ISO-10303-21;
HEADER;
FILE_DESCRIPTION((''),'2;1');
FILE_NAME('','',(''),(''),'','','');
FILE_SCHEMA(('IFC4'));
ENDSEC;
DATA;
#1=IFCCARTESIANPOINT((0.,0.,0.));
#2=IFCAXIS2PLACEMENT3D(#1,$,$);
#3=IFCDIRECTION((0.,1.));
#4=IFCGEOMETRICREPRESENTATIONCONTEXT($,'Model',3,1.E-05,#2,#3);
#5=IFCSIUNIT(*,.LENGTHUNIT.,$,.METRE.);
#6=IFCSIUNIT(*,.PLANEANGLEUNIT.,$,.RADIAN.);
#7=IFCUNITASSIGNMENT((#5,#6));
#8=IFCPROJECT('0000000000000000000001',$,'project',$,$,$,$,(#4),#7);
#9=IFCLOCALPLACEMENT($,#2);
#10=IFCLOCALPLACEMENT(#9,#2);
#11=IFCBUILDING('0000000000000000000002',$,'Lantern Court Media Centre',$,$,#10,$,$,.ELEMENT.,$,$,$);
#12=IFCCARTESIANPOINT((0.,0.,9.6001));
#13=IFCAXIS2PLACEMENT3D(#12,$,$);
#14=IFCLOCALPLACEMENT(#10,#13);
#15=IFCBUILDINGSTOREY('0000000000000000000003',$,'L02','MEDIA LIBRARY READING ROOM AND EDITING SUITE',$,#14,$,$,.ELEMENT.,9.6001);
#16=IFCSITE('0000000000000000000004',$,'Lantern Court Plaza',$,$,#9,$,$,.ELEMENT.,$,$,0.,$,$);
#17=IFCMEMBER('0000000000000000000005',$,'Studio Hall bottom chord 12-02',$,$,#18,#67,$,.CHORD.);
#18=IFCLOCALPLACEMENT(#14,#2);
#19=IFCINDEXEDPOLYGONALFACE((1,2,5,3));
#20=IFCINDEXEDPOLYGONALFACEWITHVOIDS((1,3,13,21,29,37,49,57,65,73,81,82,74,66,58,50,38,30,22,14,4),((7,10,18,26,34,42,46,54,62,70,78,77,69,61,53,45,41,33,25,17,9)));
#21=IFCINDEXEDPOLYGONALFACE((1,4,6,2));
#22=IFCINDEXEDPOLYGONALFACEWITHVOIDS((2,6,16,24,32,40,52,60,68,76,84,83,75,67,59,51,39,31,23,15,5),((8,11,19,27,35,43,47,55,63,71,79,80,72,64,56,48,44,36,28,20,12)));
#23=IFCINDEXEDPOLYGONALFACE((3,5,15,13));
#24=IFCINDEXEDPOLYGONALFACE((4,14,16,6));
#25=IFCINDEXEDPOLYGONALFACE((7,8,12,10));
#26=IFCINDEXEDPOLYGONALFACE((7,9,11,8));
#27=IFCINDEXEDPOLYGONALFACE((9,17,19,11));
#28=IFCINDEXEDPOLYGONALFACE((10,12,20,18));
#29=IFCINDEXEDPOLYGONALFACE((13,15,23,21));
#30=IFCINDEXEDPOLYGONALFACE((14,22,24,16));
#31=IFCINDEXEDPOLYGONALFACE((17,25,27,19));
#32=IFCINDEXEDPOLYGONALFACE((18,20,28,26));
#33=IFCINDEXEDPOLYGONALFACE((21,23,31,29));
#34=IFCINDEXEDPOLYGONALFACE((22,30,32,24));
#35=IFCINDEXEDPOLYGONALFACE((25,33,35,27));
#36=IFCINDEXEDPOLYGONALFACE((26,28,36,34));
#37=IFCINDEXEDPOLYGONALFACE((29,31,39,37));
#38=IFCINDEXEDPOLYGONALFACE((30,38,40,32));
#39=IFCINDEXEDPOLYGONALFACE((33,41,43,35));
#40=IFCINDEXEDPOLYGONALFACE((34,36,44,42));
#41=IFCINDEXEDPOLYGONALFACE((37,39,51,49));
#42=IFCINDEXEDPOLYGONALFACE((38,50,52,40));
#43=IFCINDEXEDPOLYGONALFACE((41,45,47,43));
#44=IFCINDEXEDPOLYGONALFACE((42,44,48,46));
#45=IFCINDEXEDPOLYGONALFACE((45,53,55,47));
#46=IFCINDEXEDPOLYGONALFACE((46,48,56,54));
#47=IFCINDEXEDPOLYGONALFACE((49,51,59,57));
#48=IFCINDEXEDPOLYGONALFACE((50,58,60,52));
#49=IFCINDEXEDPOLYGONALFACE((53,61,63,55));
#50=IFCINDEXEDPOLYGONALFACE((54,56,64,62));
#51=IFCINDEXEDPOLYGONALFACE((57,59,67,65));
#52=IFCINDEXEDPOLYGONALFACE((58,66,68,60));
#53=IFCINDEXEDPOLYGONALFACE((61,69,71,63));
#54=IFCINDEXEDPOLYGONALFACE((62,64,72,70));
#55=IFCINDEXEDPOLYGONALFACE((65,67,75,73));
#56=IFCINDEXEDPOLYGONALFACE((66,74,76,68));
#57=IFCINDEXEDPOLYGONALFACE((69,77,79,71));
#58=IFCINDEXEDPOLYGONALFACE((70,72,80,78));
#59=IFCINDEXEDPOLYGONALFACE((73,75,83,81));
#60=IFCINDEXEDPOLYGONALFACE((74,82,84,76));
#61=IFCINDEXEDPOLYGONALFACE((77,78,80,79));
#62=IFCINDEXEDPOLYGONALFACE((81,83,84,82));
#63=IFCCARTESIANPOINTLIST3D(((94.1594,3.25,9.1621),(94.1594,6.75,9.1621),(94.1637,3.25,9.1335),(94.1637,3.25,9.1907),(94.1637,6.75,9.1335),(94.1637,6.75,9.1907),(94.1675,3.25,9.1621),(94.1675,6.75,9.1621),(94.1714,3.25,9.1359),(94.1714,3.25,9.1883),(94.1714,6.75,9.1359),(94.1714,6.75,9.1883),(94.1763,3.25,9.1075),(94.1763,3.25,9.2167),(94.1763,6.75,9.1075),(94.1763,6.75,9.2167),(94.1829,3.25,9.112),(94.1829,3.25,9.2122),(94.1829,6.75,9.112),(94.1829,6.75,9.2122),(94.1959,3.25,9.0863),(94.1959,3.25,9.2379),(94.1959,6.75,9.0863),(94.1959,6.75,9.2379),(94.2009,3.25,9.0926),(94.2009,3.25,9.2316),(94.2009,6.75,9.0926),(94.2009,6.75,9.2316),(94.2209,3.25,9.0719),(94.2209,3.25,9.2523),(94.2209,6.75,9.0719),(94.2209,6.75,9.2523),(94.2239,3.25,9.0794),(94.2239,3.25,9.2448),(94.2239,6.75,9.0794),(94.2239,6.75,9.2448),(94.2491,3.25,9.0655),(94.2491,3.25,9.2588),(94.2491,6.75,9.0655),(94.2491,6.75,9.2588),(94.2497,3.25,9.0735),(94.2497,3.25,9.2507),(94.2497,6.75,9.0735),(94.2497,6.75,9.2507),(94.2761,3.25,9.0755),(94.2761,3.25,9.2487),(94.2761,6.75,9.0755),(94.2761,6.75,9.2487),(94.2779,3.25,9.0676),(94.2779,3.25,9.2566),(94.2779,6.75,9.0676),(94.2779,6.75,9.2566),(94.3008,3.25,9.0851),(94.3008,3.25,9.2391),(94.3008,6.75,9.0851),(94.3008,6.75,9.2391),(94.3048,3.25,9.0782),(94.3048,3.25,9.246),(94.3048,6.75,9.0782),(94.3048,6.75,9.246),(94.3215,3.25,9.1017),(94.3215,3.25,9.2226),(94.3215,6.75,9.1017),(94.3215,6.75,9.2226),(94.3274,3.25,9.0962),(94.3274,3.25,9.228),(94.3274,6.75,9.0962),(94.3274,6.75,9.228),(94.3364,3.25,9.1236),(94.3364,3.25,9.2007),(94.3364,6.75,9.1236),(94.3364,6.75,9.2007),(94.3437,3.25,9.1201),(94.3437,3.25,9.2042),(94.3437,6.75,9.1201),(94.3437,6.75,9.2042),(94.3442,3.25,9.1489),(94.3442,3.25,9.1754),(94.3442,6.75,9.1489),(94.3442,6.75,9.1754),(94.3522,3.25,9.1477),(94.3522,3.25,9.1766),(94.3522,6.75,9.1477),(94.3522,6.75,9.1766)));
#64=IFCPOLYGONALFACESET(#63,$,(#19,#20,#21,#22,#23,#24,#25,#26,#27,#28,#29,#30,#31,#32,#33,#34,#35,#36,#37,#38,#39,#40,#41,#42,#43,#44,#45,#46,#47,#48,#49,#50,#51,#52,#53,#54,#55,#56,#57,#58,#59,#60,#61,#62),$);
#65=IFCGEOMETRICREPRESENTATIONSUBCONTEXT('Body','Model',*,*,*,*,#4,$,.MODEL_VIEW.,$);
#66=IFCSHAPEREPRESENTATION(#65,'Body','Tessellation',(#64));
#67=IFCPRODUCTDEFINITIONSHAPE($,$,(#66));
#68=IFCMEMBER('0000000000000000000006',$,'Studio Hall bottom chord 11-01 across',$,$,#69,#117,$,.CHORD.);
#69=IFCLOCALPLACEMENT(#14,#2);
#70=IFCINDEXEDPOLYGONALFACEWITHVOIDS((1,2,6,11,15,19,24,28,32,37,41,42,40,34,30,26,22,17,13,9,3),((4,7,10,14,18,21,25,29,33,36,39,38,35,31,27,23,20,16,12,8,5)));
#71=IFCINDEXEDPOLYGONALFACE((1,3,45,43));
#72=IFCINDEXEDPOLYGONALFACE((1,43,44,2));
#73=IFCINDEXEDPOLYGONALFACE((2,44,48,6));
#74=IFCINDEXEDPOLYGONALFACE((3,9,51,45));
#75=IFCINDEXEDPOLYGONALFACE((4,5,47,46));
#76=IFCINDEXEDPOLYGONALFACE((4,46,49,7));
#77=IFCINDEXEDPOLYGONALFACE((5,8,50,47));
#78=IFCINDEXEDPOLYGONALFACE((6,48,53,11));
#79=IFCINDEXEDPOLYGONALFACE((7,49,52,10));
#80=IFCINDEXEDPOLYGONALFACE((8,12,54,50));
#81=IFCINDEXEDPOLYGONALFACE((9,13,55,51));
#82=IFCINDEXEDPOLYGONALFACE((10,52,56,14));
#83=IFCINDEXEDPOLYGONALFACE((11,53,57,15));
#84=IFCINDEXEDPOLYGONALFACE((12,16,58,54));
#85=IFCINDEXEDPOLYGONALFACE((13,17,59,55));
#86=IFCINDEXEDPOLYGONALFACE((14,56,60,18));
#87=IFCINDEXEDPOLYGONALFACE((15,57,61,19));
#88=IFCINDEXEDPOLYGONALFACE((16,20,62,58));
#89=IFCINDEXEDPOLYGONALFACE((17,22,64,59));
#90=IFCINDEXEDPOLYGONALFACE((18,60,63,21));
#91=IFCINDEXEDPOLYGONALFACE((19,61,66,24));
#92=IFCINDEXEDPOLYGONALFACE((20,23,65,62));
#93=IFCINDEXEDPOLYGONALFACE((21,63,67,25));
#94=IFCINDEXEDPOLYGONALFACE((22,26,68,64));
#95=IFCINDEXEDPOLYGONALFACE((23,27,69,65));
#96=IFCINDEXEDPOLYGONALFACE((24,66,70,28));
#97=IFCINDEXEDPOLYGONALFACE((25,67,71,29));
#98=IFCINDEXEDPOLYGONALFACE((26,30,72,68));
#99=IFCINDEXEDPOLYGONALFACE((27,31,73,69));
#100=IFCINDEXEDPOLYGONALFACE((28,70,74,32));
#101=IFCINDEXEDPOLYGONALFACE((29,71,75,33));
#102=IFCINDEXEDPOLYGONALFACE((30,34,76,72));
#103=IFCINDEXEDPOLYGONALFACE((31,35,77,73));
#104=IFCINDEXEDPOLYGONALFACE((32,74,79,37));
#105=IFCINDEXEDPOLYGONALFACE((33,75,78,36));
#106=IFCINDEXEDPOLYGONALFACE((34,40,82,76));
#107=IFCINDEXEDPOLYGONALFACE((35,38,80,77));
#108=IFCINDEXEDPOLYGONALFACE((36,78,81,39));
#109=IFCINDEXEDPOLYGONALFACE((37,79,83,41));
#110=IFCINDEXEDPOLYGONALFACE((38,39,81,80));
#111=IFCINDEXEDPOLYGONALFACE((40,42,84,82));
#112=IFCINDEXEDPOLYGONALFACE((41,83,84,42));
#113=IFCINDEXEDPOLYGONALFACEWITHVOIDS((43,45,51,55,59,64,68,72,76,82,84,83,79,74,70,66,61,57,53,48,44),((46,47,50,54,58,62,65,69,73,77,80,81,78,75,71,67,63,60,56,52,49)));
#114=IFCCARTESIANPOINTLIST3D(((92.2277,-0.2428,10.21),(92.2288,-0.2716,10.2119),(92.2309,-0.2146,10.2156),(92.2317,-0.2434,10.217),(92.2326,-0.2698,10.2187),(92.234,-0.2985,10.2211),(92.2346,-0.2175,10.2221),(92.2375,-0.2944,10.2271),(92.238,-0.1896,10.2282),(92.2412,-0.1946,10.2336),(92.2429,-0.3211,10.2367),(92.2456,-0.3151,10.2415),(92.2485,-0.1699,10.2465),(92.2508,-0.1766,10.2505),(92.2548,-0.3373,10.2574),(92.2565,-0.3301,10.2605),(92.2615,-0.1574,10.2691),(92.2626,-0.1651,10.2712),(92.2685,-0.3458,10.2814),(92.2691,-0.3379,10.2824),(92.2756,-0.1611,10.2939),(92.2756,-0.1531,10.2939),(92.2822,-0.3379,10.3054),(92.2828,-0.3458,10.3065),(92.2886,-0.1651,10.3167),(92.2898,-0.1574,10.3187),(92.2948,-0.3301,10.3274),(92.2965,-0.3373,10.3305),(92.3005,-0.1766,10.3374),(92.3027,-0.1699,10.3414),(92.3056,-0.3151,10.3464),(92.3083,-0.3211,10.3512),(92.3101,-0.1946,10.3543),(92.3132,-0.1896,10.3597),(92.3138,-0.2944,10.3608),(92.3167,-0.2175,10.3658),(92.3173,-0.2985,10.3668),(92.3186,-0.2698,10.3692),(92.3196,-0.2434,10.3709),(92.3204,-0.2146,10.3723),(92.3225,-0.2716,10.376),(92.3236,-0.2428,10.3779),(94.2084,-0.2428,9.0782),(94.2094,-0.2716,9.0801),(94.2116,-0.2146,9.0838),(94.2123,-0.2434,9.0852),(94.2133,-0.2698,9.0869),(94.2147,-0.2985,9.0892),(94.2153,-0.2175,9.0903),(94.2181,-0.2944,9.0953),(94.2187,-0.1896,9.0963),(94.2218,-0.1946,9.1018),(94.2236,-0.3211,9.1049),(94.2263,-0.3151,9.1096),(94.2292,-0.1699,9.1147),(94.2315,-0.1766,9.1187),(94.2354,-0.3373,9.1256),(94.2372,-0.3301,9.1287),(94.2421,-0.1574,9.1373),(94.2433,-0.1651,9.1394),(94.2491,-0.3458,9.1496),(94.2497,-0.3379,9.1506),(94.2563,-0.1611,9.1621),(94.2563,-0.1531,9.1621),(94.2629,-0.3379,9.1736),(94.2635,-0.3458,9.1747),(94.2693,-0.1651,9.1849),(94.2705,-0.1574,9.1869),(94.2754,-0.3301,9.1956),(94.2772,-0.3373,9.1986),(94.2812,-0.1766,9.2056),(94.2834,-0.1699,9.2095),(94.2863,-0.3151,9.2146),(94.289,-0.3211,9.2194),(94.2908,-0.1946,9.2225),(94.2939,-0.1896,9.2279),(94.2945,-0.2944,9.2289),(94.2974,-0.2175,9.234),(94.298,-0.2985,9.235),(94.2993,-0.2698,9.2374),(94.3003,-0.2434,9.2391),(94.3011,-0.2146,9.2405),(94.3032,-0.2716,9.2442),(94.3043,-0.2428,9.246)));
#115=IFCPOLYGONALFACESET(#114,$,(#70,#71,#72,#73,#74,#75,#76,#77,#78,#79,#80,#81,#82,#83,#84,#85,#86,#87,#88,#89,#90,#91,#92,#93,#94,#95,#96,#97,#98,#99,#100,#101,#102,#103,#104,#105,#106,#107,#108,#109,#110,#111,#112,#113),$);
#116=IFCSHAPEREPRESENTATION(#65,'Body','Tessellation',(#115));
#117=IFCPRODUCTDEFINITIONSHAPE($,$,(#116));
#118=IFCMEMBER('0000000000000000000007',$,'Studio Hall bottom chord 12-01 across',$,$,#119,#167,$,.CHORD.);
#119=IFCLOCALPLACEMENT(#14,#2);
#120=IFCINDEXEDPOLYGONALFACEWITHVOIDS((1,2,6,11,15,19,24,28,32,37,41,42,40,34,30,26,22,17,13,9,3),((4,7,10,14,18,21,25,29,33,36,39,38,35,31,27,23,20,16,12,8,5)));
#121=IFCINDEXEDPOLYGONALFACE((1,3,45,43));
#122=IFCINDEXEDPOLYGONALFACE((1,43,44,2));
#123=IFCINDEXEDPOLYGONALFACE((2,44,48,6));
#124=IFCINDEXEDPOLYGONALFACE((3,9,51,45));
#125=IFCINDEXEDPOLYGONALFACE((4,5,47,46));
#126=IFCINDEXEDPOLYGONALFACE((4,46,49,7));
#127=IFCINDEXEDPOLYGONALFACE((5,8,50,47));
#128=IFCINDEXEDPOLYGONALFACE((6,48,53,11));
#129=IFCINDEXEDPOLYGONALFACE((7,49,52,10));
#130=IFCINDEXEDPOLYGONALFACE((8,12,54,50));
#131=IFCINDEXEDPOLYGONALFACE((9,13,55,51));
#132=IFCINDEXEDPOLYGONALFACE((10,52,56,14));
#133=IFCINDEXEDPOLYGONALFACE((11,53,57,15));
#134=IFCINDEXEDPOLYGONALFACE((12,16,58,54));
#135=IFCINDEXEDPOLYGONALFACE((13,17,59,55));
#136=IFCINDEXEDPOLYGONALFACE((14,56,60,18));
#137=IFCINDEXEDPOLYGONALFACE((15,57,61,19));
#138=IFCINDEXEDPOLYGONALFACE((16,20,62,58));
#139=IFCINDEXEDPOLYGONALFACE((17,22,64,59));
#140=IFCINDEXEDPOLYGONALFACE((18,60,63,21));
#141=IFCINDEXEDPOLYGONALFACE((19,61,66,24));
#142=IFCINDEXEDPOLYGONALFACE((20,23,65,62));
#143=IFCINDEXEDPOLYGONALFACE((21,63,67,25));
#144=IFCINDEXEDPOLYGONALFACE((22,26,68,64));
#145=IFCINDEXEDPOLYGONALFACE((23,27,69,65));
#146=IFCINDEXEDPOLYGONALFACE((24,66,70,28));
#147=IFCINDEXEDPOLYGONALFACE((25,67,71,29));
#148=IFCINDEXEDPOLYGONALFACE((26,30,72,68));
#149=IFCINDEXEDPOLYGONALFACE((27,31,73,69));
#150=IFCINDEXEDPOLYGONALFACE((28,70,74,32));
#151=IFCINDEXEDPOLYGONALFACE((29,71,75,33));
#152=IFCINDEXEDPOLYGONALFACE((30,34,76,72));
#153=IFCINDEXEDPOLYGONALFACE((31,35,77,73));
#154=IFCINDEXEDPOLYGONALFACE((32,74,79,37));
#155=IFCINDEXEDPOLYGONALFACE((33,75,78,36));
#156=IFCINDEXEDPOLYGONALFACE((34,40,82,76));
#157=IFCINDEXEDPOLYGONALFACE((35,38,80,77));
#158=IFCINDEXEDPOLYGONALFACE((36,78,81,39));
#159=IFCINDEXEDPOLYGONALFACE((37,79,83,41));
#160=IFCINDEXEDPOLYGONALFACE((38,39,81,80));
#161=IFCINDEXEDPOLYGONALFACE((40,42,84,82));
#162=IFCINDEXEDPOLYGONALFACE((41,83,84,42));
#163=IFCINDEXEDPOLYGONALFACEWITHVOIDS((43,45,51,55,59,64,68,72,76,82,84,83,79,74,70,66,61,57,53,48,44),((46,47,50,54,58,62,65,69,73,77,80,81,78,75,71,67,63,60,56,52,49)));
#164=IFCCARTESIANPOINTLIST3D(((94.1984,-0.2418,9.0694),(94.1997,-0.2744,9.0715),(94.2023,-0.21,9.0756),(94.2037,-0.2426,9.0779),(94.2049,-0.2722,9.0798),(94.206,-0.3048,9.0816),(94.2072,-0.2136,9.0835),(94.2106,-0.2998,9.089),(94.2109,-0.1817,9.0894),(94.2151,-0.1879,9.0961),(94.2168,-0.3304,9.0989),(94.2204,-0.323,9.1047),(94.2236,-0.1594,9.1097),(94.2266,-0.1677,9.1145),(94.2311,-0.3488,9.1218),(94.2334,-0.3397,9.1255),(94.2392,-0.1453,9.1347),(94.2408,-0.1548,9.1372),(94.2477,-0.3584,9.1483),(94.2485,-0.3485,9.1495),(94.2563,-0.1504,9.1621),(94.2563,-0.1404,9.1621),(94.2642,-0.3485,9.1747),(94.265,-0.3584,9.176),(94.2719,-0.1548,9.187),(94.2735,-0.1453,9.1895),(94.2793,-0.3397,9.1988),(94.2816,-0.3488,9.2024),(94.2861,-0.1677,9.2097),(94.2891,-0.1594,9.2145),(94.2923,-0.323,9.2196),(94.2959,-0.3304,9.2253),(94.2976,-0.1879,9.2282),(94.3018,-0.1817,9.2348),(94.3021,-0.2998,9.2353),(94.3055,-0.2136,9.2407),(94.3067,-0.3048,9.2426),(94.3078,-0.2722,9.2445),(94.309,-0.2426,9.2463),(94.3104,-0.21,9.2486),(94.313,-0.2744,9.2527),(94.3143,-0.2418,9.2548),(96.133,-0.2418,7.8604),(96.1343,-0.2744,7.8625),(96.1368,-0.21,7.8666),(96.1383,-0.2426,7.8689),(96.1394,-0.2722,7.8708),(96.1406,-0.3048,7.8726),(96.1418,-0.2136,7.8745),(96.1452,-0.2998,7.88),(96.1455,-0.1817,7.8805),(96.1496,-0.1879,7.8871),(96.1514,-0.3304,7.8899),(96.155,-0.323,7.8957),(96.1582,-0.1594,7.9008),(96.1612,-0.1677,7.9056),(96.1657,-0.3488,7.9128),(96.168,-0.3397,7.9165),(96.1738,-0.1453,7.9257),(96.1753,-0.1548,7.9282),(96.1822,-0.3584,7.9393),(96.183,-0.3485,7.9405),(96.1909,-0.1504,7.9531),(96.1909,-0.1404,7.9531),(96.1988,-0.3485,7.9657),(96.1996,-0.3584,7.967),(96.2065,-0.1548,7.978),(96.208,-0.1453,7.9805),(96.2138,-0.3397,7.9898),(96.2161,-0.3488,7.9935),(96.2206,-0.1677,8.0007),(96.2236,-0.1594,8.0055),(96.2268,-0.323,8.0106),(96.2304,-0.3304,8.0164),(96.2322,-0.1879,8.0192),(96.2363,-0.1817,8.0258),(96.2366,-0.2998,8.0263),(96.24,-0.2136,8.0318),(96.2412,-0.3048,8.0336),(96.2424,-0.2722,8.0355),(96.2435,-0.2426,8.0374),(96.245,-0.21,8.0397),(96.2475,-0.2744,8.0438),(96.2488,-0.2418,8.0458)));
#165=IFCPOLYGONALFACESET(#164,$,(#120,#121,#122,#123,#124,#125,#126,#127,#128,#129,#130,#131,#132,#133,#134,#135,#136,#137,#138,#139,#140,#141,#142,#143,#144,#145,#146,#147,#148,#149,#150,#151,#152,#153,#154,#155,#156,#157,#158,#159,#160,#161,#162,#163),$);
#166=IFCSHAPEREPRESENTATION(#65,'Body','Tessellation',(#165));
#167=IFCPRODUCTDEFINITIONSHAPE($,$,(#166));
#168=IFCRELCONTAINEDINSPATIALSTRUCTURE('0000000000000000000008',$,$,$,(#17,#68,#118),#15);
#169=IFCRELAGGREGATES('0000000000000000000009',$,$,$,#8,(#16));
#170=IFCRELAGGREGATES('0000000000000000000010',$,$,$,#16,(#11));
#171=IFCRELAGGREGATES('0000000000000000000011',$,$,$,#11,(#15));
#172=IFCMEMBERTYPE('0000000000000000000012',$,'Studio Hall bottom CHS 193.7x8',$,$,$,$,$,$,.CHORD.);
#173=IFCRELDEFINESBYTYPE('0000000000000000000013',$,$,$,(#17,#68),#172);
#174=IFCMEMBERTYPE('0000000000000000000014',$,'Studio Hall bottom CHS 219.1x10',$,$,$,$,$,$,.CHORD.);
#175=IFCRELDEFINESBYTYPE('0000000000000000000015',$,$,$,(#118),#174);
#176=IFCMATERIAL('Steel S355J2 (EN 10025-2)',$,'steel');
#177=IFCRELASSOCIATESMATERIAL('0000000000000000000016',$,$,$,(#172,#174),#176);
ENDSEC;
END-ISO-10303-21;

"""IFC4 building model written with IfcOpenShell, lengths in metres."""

from ifc_helpers import new_model, si_unit, direction, frame, origin, origin_2d, place, context, subcontext, project, spatial, hollow_circle, extrude, material, material_profile, profile_set, type_object, element, save


model = new_model("IFC4")

# Units and contexts
model_context = context("Model", 3, precision=1e-05, world=origin(), true_north=direction((0.0, 1.0)))
body_context = subcontext(model_context, "Body", "Model", "MODEL_VIEW")
ifc_project = project(units=[si_unit("LENGTHUNIT", "METRE"), si_unit("PLANEANGLEUNIT", "RADIAN")], contexts=[model_context])

# Site, building, storey
site_placement = place(None, origin())
site = spatial("IfcSite", under=ifc_project, at=site_placement, Name="Lantern Court Plaza", CompositionType="ELEMENT", RefElevation=0.0)
building_placement = place(site_placement, origin())
building = spatial("IfcBuilding", under=site, at=building_placement, Name="Lantern Court Media Centre", CompositionType="ELEMENT")
storey_placement = place(building_placement, frame((0.0, 0.0, 9.6001)))
storey = spatial("IfcBuildingStorey", under=building, at=storey_placement, Name="L02", Description="MEDIA LIBRARY READING ROOM AND EDITING SUITE", CompositionType="ELEMENT", Elevation=9.6001)

# Members
ifc_material_1 = material(Name="Steel S355J2 (EN 10025-2)", Category="steel")
ifc_material_profile_1 = material_profile(ifc_material_1, hollow_circle(Radius=0.0969, WallThickness=0.0081, at=origin_2d()), Name="Studio Hall bottom CHS 193.7x8")
ifc_profile_set_1 = profile_set([ifc_material_profile_1], Name="Steel S355J2 (EN 10025-2)")
member_type_1 = type_object("IfcMemberType", Name="Studio Hall bottom CHS 193.7x8", PredefinedType="CHORD", material=ifc_profile_set_1)
for number, where, z_axis, x_axis, name in (
    (1, (94.2563, 3.25, 9.1621), (0.0, 1.0, 0.0), (-1.0, 0.0, 0.0), "Studio Hall bottom chord 12-02"),
):
    element("IfcMember", number, at=place(storey_placement, frame(where, z_axis=z_axis, x_axis=x_axis)), inside=storey, type_object=member_type_1, Name=name, PredefinedType="CHORD", context=body_context, shape_type="SweptSolid", body=[
        extrude(hollow_circle(Radius=0.0969, WallThickness=0.0081, at=origin_2d()), origin(), (0.0, 0.0, 1.0), 3.5),
    ])
member_1_placement = place(storey_placement, frame((92.2756, -0.25, 10.2939), z_axis=(0.868243, 0.0, -0.496139), x_axis=(0.0, 1.0, 0.0)))
element("IfcMember", 2, at=member_1_placement, inside=storey, type_object=member_type_1, Name="Studio Hall bottom chord 11-01 across", PredefinedType="CHORD", context=body_context, shape_type="SweptSolid", body=[
    extrude(hollow_circle(Radius=0.0969, WallThickness=0.0081, at=origin_2d()), origin(), (0.0, 0.0, 1.0), 2.2812),
])
ifc_material_profile_2 = material_profile(ifc_material_1, hollow_circle(Radius=0.1096, WallThickness=0.01, at=origin_2d()), Name="Studio Hall bottom CHS 219.1x10")
ifc_profile_set_2 = profile_set([ifc_material_profile_2], Name="Steel S355J2 (EN 10025-2)")
member_type_2 = type_object("IfcMemberType", Name="Studio Hall bottom CHS 219.1x10", PredefinedType="CHORD", material=ifc_profile_set_2)
for number, where, z_axis, x_axis, name in (
    (3, (94.2563, -0.25, 9.1621), (0.848022, 0.0, -0.52996), (0.0, 1.0, 0.0), "Studio Hall bottom chord 12-01 across"),
):
    element("IfcMember", number, at=place(storey_placement, frame(where, z_axis=z_axis, x_axis=x_axis)), inside=storey, type_object=member_type_2, Name=name, PredefinedType="CHORD", context=body_context, shape_type="SweptSolid", body=[
        extrude(hollow_circle(Radius=0.1096, WallThickness=0.01, at=origin_2d()), origin(), (0.0, 0.0, 1.0), 2.2812),
    ])

save(model, "model.ifc")
